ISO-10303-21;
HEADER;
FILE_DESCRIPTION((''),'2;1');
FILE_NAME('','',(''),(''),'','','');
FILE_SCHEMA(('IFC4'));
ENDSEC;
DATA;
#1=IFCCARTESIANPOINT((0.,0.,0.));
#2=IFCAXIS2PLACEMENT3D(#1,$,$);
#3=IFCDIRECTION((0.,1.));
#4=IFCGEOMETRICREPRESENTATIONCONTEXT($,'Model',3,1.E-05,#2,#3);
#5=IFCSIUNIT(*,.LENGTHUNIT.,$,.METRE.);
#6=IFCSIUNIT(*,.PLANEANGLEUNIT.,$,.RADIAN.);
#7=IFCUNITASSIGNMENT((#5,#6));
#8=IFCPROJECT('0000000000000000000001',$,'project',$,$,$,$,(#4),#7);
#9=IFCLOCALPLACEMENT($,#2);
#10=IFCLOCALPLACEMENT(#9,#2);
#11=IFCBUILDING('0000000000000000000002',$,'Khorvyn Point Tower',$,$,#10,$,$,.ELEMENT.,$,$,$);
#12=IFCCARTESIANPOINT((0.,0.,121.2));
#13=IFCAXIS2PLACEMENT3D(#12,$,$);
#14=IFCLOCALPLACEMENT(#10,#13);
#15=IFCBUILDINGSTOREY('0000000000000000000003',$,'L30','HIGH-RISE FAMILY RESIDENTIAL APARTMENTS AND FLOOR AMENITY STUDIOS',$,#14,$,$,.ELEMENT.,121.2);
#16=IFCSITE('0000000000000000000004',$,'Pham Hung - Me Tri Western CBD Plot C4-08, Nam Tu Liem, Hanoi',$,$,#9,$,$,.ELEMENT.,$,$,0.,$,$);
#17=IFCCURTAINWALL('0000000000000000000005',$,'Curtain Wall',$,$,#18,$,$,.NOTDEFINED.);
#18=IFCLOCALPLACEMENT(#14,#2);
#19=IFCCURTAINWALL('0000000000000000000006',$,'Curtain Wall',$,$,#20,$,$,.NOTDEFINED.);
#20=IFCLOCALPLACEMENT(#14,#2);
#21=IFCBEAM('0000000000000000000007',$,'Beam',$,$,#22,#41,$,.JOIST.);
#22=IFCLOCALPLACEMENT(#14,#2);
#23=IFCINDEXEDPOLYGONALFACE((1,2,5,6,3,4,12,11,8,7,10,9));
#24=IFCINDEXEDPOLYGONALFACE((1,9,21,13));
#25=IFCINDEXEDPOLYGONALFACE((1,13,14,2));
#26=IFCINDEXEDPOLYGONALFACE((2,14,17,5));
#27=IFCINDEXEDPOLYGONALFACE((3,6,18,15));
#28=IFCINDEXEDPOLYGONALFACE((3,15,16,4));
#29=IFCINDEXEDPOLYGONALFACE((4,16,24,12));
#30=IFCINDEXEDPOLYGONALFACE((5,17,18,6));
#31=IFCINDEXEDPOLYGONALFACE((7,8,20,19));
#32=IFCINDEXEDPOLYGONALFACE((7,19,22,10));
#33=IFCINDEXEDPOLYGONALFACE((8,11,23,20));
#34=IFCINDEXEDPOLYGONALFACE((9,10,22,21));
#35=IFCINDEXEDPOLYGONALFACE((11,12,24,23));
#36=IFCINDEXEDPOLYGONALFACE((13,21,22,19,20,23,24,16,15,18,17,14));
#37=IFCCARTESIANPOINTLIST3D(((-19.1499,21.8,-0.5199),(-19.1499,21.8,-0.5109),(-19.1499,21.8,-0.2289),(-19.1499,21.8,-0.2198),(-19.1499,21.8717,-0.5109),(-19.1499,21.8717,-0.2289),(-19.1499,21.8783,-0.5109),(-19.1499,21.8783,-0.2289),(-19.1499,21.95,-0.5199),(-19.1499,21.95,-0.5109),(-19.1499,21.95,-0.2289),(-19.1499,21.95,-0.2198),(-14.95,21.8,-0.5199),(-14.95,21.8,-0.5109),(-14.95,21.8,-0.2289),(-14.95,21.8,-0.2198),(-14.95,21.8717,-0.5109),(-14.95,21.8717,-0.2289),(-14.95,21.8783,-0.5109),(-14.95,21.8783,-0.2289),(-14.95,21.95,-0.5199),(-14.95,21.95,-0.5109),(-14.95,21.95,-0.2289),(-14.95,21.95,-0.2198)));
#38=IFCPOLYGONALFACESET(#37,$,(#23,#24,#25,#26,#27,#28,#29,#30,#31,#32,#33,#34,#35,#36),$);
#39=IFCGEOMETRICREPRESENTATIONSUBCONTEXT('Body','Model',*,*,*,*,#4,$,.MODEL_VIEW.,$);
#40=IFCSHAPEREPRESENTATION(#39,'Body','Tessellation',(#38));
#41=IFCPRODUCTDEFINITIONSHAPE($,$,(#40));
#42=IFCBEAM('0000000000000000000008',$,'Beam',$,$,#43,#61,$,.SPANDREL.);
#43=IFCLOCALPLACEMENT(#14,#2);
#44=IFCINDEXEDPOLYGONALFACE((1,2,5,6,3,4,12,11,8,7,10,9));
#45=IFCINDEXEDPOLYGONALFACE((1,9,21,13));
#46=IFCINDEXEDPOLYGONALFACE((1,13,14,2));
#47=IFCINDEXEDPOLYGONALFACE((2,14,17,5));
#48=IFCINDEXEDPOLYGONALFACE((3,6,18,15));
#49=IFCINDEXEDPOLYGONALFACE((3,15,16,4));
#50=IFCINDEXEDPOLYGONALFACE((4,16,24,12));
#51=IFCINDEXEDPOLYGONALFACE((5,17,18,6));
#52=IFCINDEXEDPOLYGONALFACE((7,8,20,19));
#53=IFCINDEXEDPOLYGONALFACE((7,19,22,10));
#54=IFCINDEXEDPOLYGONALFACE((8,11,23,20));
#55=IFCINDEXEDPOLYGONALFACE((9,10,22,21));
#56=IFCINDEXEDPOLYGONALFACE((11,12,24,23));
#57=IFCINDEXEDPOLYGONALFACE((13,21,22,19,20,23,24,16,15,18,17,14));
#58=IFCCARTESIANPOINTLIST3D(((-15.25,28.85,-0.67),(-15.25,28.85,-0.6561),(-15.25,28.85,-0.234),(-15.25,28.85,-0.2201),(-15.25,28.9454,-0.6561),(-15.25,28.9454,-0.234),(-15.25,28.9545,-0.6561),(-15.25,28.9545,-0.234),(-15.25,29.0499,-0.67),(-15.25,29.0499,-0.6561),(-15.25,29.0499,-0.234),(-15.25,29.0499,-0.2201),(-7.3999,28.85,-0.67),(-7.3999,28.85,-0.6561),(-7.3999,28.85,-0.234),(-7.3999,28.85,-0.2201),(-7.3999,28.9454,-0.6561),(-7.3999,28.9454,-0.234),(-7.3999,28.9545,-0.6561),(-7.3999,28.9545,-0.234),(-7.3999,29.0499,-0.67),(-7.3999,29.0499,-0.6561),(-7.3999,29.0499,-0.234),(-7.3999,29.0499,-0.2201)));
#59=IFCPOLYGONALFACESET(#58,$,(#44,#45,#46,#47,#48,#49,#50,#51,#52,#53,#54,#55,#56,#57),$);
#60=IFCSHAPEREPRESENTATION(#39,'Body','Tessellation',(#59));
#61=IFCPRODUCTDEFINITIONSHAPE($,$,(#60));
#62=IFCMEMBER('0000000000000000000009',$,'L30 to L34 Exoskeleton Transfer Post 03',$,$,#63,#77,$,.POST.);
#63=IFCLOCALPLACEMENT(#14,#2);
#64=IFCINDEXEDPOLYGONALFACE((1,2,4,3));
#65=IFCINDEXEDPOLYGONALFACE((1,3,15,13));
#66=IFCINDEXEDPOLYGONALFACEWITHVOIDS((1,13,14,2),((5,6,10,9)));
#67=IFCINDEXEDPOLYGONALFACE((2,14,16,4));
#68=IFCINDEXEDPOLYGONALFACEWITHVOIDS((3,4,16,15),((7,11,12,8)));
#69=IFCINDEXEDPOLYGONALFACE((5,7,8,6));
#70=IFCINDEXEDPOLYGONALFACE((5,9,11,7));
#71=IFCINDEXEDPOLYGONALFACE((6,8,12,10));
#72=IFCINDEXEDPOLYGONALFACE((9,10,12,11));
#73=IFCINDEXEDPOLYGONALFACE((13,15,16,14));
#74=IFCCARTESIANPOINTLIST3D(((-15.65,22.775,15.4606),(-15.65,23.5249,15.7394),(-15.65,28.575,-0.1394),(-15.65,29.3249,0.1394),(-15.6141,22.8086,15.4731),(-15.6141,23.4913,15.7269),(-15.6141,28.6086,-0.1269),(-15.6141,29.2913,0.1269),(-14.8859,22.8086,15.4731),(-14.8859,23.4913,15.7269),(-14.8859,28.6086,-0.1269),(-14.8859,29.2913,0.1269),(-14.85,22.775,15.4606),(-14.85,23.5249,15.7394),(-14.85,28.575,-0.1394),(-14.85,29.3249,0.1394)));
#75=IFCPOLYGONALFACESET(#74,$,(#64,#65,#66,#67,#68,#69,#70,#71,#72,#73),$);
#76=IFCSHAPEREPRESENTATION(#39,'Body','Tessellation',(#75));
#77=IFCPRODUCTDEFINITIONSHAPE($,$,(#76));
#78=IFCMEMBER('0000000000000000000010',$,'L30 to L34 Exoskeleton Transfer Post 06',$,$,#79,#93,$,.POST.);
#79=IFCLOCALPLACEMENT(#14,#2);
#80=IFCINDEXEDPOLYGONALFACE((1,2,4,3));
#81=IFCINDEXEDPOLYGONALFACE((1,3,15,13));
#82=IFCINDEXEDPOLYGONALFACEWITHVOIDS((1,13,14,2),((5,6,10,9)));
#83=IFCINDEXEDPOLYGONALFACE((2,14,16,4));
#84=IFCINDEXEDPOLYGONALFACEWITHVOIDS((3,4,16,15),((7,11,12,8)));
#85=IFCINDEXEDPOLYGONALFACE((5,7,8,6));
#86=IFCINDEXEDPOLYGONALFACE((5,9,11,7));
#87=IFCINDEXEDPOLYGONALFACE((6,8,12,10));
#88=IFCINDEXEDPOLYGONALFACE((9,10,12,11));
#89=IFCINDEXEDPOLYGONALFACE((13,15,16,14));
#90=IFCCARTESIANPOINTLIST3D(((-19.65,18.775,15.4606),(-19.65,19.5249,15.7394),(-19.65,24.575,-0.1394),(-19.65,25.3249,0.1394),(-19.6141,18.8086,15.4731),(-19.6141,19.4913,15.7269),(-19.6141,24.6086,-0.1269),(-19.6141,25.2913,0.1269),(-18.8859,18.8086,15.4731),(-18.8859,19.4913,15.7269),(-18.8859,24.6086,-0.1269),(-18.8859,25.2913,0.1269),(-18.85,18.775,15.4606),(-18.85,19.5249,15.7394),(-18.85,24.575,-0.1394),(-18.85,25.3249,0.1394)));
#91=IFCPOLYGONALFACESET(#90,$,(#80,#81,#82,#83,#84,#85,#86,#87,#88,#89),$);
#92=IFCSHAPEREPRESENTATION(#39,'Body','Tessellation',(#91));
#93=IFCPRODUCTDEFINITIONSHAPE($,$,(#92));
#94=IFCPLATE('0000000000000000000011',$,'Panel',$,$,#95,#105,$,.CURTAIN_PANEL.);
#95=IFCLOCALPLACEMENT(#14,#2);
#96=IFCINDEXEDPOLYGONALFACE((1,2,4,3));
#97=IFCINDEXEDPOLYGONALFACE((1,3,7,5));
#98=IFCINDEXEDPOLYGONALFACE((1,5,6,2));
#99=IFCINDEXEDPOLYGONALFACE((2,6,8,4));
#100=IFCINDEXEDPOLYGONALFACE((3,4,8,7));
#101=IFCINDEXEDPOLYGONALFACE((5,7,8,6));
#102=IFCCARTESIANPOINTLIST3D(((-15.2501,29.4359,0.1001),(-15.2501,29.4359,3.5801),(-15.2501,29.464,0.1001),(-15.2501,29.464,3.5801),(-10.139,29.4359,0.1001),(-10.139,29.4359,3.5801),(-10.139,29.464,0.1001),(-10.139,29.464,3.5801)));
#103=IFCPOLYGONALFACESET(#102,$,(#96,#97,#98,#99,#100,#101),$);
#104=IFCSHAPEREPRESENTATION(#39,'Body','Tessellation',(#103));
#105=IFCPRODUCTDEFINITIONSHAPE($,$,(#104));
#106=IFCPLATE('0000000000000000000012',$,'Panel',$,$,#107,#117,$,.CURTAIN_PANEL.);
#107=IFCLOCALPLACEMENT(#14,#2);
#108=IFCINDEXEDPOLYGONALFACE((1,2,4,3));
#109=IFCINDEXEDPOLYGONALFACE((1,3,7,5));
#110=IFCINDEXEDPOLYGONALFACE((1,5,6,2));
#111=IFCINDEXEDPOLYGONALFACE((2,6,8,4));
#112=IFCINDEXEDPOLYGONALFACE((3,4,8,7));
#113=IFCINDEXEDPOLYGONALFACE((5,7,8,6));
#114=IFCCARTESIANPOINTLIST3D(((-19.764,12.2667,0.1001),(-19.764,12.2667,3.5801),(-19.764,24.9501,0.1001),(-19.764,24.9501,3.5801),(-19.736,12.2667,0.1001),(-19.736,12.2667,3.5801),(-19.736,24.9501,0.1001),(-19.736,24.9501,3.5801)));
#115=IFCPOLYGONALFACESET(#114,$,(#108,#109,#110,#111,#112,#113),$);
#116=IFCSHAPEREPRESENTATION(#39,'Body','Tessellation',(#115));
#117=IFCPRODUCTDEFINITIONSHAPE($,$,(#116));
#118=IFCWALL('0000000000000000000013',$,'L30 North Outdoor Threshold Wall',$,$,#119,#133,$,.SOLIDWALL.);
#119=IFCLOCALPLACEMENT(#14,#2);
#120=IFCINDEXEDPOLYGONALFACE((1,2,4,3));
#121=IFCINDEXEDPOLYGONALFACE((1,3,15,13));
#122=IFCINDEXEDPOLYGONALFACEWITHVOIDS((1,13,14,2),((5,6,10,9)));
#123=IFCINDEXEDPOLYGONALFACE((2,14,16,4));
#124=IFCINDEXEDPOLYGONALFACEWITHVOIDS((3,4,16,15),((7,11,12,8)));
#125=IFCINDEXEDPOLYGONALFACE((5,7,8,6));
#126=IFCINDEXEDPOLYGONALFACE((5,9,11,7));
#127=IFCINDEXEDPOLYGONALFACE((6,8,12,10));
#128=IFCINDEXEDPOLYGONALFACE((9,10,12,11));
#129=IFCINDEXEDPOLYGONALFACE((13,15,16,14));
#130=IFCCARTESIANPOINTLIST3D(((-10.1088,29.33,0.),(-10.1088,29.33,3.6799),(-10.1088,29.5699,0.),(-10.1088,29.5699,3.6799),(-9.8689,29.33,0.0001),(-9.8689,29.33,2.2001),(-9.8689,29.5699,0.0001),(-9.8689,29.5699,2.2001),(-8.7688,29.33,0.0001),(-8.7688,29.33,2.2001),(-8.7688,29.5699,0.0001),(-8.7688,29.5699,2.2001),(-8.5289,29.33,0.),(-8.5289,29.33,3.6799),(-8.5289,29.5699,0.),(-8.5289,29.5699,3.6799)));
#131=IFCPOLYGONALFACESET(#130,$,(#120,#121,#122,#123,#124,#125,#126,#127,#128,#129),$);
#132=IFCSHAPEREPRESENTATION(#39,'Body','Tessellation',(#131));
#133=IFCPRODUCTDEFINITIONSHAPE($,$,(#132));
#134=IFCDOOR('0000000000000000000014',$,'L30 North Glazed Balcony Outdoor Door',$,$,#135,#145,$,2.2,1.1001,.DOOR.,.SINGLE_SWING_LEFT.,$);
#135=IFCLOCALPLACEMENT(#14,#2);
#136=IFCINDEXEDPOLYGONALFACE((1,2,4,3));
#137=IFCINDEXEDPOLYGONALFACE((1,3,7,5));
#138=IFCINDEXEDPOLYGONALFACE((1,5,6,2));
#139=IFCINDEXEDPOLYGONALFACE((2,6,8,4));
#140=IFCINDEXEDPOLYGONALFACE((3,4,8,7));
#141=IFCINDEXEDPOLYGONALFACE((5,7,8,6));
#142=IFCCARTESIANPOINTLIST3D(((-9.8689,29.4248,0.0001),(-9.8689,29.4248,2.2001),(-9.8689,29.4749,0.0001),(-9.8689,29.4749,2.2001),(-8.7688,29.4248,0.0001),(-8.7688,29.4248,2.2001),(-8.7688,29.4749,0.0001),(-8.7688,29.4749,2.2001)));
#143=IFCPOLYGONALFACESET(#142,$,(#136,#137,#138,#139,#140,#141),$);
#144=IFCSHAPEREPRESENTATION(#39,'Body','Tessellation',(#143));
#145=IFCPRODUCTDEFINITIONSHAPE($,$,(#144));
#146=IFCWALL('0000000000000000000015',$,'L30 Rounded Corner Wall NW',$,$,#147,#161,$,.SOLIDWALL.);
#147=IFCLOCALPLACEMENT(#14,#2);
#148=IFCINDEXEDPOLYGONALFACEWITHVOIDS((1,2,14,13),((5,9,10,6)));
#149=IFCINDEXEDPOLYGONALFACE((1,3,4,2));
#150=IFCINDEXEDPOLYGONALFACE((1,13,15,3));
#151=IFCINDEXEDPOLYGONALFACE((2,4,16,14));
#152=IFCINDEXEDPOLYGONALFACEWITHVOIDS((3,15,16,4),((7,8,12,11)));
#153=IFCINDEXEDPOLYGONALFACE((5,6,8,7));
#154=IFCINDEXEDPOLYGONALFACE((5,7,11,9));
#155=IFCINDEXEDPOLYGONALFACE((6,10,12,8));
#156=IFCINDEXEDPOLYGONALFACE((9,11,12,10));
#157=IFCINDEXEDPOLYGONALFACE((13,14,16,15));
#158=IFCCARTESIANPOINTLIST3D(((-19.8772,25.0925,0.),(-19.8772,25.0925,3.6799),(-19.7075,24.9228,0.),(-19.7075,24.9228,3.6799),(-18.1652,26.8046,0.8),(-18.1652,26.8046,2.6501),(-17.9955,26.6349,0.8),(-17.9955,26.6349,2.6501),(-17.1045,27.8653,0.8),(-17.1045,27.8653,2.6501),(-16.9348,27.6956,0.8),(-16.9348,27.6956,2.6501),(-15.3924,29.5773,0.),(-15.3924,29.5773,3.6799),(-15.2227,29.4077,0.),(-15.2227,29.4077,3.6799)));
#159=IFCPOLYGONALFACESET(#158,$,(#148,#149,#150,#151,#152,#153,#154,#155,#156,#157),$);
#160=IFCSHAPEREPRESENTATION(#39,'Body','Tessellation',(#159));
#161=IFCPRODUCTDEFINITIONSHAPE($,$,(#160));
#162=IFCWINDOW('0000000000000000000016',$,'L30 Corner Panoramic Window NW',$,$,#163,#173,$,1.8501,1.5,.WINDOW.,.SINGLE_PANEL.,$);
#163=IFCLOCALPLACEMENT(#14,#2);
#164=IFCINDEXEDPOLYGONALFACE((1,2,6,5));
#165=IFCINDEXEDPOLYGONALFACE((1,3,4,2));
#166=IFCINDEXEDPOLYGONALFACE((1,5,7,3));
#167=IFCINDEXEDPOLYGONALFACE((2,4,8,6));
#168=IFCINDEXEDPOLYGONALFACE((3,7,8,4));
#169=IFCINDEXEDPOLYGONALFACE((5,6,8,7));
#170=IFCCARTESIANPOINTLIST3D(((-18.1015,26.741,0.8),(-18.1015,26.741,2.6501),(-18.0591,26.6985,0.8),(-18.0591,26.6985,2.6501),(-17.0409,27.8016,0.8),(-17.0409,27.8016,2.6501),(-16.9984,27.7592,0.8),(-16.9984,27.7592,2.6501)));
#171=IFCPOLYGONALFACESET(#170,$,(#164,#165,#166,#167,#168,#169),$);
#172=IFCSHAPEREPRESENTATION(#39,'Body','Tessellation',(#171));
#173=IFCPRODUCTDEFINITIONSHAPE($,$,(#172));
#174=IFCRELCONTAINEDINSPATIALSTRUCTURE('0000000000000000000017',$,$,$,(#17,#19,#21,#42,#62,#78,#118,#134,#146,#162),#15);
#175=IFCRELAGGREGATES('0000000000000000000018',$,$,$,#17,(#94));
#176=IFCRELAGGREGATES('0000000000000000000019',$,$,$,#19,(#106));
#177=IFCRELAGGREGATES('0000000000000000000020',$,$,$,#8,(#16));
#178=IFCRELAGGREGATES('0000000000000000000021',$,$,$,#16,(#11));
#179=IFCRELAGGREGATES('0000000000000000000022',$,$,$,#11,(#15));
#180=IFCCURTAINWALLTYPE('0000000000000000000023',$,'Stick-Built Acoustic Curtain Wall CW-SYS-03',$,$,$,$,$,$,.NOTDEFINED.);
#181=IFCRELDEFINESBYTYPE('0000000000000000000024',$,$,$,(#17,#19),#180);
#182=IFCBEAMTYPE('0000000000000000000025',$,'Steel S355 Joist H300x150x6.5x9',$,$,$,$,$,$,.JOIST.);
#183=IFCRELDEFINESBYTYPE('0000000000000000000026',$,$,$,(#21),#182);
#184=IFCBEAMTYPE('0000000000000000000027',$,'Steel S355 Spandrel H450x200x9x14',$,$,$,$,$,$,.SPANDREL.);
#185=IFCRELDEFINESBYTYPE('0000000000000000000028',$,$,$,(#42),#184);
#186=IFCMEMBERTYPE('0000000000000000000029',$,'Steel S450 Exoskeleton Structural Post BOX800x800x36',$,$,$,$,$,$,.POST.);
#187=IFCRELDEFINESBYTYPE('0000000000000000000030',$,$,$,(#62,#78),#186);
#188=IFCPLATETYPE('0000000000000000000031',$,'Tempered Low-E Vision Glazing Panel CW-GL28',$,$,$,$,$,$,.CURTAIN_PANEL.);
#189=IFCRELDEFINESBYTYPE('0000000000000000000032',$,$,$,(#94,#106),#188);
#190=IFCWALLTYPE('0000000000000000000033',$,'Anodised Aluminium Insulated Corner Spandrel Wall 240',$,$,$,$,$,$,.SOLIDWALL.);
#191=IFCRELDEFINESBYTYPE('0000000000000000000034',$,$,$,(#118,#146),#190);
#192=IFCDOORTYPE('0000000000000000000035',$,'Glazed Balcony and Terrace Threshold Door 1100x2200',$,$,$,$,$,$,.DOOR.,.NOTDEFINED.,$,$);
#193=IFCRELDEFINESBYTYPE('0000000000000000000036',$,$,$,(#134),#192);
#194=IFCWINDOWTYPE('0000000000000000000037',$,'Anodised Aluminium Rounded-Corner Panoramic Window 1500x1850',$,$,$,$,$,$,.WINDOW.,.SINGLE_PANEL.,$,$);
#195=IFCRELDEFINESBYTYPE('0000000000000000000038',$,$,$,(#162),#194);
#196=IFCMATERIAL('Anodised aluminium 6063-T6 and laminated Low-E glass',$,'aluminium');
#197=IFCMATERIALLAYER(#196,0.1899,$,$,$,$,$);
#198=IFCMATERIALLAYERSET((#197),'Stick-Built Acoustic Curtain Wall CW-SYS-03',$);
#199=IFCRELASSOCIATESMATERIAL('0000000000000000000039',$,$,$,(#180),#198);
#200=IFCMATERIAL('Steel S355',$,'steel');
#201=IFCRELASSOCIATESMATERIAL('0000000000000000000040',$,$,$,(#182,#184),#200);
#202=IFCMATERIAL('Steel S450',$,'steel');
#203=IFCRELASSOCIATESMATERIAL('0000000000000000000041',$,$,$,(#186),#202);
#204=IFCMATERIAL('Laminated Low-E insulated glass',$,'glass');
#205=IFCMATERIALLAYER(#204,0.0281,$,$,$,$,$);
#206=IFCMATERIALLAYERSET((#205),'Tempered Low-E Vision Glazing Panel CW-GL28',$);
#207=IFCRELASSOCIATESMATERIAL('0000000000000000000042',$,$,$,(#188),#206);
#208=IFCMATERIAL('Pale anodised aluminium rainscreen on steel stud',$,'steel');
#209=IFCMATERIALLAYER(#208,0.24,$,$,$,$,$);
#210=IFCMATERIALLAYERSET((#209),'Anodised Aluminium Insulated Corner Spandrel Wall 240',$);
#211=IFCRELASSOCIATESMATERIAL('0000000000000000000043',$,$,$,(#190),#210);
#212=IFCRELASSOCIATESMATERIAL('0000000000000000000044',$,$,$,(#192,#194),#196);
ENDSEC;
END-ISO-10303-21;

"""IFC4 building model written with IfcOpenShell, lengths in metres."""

from ifc_helpers import new_model, si_unit, direction, frame, frame_2d, origin, origin_2d, place, context, subcontext, project, spatial, rectangle, hollow_rectangle, i_section, extrude, material, layer, layer_set, material_profile, profile_set, type_object, element, fill, aggregate, save


model = new_model("IFC4")

# Units and contexts
model_context = context("Model", 3, precision=1e-05, world=origin(), true_north=direction((0.0, 1.0)))
body_context = subcontext(model_context, "Body", "Model", "MODEL_VIEW")
ifc_project = project(units=[si_unit("LENGTHUNIT", "METRE"), si_unit("PLANEANGLEUNIT", "RADIAN")], contexts=[model_context])

# Site, building, storey
site_placement = place(None, origin())
site = spatial("IfcSite", under=ifc_project, at=site_placement, Name="Pham Hung - Me Tri Western CBD Plot C4-08, Nam Tu Liem, Hanoi", CompositionType="ELEMENT", RefElevation=0.0)
building_placement = place(site_placement, origin())
building = spatial("IfcBuilding", under=site, at=building_placement, Name="Khorvyn Point Tower", CompositionType="ELEMENT")
storey_placement = place(building_placement, frame((0.0, 0.0, 121.2)))
storey = spatial("IfcBuildingStorey", under=building, at=storey_placement, Name="L30", Description="HIGH-RISE FAMILY RESIDENTIAL APARTMENTS AND FLOOR AMENITY STUDIOS", CompositionType="ELEMENT", Elevation=121.2)

# Shared definitions
ifc_material_1 = material(Name="Steel S450", Category="steel")

# Curtain walls
ifc_material_2 = material(Name="Anodised aluminium 6063-T6 and laminated Low-E glass", Category="aluminium")
ifc_layer_1 = layer(ifc_material_2, 0.1899)
ifc_layer_set_1 = layer_set([ifc_layer_1], Name="Stick-Built Acoustic Curtain Wall CW-SYS-03")
curtain_wall_type = type_object("IfcCurtainWallType", Name="Stick-Built Acoustic Curtain Wall CW-SYS-03", PredefinedType="NOTDEFINED", material=ifc_layer_set_1)
curtain_wall_1_placement = place(storey_placement, origin())
curtain_wall_1 = element("IfcCurtainWall", 1, at=curtain_wall_1_placement, inside=storey, type_object=curtain_wall_type, Name="Curtain Wall", PredefinedType="NOTDEFINED")
curtain_wall_2_placement = place(storey_placement, origin())
curtain_wall_2 = element("IfcCurtainWall", 2, at=curtain_wall_2_placement, inside=storey, type_object=curtain_wall_type, Name="Curtain Wall", PredefinedType="NOTDEFINED")

# Beams
ifc_material_3 = material(Name="Steel S355", Category="steel")
ifc_material_profile_1 = material_profile(ifc_material_3, i_section(OverallWidth=0.1499, OverallDepth=0.3, WebThickness=0.0066, FlangeThickness=0.009, at=origin_2d()))
ifc_profile_set_1 = profile_set([ifc_material_profile_1], Name="Steel S355 H300x150x6.5x9")
beam_type_1 = type_object("IfcBeamType", Name="Steel S355 Joist H300x150x6.5x9", PredefinedType="JOIST", material=ifc_profile_set_1)
beam_1_placement = place(storey_placement, frame((-19.1499, 21.875, -0.3699), z_axis=(1.0, 0.0, 0.0), x_axis=(0.0, 1.0, 0.0)))
element("IfcBeam", 3, at=beam_1_placement, inside=storey, type_object=beam_type_1, Name="Beam", PredefinedType="JOIST", context=body_context, shape_type="SweptSolid", body=[
    extrude(i_section(OverallWidth=0.1499, OverallDepth=0.3, WebThickness=0.0066, FlangeThickness=0.009, at=origin_2d()), origin(), (0.0, 0.0, 1.0), 4.2),
])
ifc_material_profile_2 = material_profile(ifc_material_3, i_section(OverallWidth=0.2, OverallDepth=0.45, WebThickness=0.009, FlangeThickness=0.0139, at=origin_2d()))
ifc_profile_set_2 = profile_set([ifc_material_profile_2], Name="Steel S355 H450x200x9x14")
beam_type_2 = type_object("IfcBeamType", Name="Steel S355 Spandrel H450x200x9x14", PredefinedType="SPANDREL", material=ifc_profile_set_2)
beam_2_placement = place(storey_placement, frame((-15.25, 28.95, -0.4451), z_axis=(1.0, 0.0, 0.0), x_axis=(0.0, 1.0, 0.0)))
element("IfcBeam", 4, at=beam_2_placement, inside=storey, type_object=beam_type_2, Name="Beam", PredefinedType="SPANDREL", context=body_context, shape_type="SweptSolid", body=[
    extrude(i_section(OverallWidth=0.2, OverallDepth=0.45, WebThickness=0.009, FlangeThickness=0.0139, at=origin_2d()), origin(), (0.0, 0.0, 1.0), 7.8501),
])

# Members
ifc_material_profile_3 = material_profile(ifc_material_1, hollow_rectangle(XDim=0.8, YDim=0.8, WallThickness=0.0359, at=origin_2d()))
ifc_profile_set_3 = profile_set([ifc_material_profile_3], Name="Steel S450 BOX800x800x36")
member_type_1 = type_object("IfcMemberType", Name="Steel S450 Exoskeleton Structural Post BOX800x800x36", PredefinedType="POST", material=ifc_profile_set_3)
for number, where, z_axis, x_axis, name in (
    (5, (-15.25, 28.95, 0.0), (0.0, -0.348489, 0.937313), (1.0, 0.0, 0.0), "L30 to L34 Exoskeleton Transfer Post 03"),
    (6, (-19.25, 24.95, 0.0), (0.0, -0.348489, 0.937313), (1.0, 0.0, 0.0), "L30 to L34 Exoskeleton Transfer Post 06"),
):
    element("IfcMember", number, at=place(storey_placement, frame(where, z_axis=z_axis, x_axis=x_axis)), inside=storey, type_object=member_type_1, Name=name, PredefinedType="POST", context=body_context, shape_type="SweptSolid", body=[
        extrude(hollow_rectangle(XDim=0.8, YDim=0.8, WallThickness=0.0359, at=origin_2d()), origin(), (0.0, 0.0, 1.0), 16.6433),
    ])

# Plates
ifc_material_4 = material(Name="Laminated Low-E insulated glass", Category="glass")
ifc_layer_2 = layer(ifc_material_4, 0.0281)
ifc_layer_set_2 = layer_set([ifc_layer_2], Name="Tempered Low-E Vision Glazing Panel CW-GL28")
plate_type = type_object("IfcPlateType", Name="Tempered Low-E Vision Glazing Panel CW-GL28", PredefinedType="CURTAIN_PANEL", material=ifc_layer_set_2)
plate_1_placement = place(storey_placement, frame((-12.6946, 29.45, 0.1001), z_axis=(0.0, 0.0, 1.0), x_axis=(1.0, 0.0, 0.0)))
plate_1 = element("IfcPlate", 7, at=plate_1_placement, type_object=plate_type, Name="Panel", PredefinedType="CURTAIN_PANEL", context=body_context, shape_type="SweptSolid", body=[
    extrude(rectangle(XDim=5.1111, YDim=0.0281, at=origin_2d()), origin(), (0.0, 0.0, 1.0), 3.48),
])
aggregate(curtain_wall_1, [plate_1])
plate_2_placement = place(storey_placement, frame((-19.75, 18.6084, 0.1001), z_axis=(0.0, 0.0, 1.0), x_axis=(0.0, 1.0, 0.0)))
plate_2 = element("IfcPlate", 8, at=plate_2_placement, type_object=plate_type, Name="Panel", PredefinedType="CURTAIN_PANEL", context=body_context, shape_type="SweptSolid", body=[
    extrude(rectangle(XDim=12.6833, YDim=0.0281, at=origin_2d()), origin(), (0.0, 0.0, 1.0), 3.48),
])
aggregate(curtain_wall_2, [plate_2])

# Wall, opening, door
ifc_material_5 = material(Name="Pale anodised aluminium rainscreen on steel stud", Category="steel")
ifc_layer_3 = layer(ifc_material_5, 0.24)
ifc_layer_set_3 = layer_set([ifc_layer_3], Name="Anodised Aluminium Insulated Corner Spandrel Wall 240")
wall_type_1 = type_object("IfcWallType", Name="Anodised Aluminium Insulated Corner Spandrel Wall 240", PredefinedType="SOLIDWALL", material=ifc_layer_set_3)
wall_1_placement = place(storey_placement, frame((-10.1089, 29.45, 0.0), z_axis=(0.0, 0.0, 1.0), x_axis=(1.0, 0.0, 0.0)))
wall_1 = element("IfcWall", 9, at=wall_1_placement, inside=storey, type_object=wall_type_1, Name="L30 North Outdoor Threshold Wall", PredefinedType="SOLIDWALL", context=body_context, shape_type="SweptSolid", body=[
    extrude(rectangle(XDim=1.5798, YDim=0.24, at=frame_2d((0.79, 0.0))), origin(), (0.0, 0.0, 1.0), 3.6799),
])
opening_1_placement = place(wall_1_placement, frame((0.24, 0.0, 0.0)))
opening_1 = element("IfcOpeningElement", 10, at=opening_1_placement, cuts=wall_1, PredefinedType="OPENING", context=body_context, shape_type="SweptSolid", body=[
    extrude(rectangle(XDim=1.1001, YDim=2.2, at=frame_2d((0.55, 1.1001))), frame((0.0, 0.1299, 0.0), z_axis=(0.0, -1.0, 0.0), x_axis=(1.0, 0.0, 0.0)), (0.0, 0.0, 1.0), 0.26),
])
door_type_1 = type_object("IfcDoorType", Name="Glazed Balcony and Terrace Threshold Door 1100x2200", OperationType="NOTDEFINED", PredefinedType="DOOR", material=ifc_material_2)
door_1_placement = place(opening_1_placement, origin())
door_1 = element("IfcDoor", 11, at=door_1_placement, inside=storey, type_object=door_type_1, Name="L30 North Glazed Balcony Outdoor Door", OperationType="SINGLE_SWING_LEFT", OverallHeight=2.2, OverallWidth=1.1001, PredefinedType="DOOR", context=body_context, shape_type="SweptSolid", body=[
    extrude(rectangle(XDim=1.1001, YDim=2.2, at=frame_2d((0.55, 1.1001))), frame((0.0, 0.0249, 0.0), z_axis=(0.0, -1.0, 0.0), x_axis=(1.0, 0.0, 0.0)), (0.0, 0.0, 1.0), 0.05),
])
fill(opening_1, door_1)

# Wall, opening, window
wall_2_placement = place(storey_placement, frame((-19.7925, 25.0076, 0.0), z_axis=(0.0, 0.0, 1.0), x_axis=(0.707107, 0.707107, 0.0)))
wall_2 = element("IfcWall", 12, at=wall_2_placement, inside=storey, type_object=wall_type_1, Name="L30 Rounded Corner Wall NW", PredefinedType="SOLIDWALL", context=body_context, shape_type="SweptSolid", body=[
    extrude(rectangle(XDim=6.3425, YDim=0.24, at=frame_2d((3.1714, 0.0))), origin(), (0.0, 0.0, 1.0), 3.6799),
])
opening_2_placement = place(wall_2_placement, frame((2.4214, 0.0, 0.8)))
opening_2 = element("IfcOpeningElement", 13, at=opening_2_placement, cuts=wall_2, PredefinedType="OPENING", context=body_context, shape_type="SweptSolid", body=[
    extrude(rectangle(XDim=1.5, YDim=1.8501, at=frame_2d((0.75, 0.925))), frame((0.0, 0.1299, 0.0), z_axis=(0.0, -1.0, 0.0), x_axis=(1.0, 0.0, 0.0)), (0.0, 0.0, 1.0), 0.26),
])
window_type = type_object("IfcWindowType", Name="Anodised Aluminium Rounded-Corner Panoramic Window 1500x1850", PartitioningType="SINGLE_PANEL", PredefinedType="WINDOW", material=ifc_material_2)
window_placement = place(opening_2_placement, origin())
window = element("IfcWindow", 14, at=window_placement, inside=storey, type_object=window_type, Name="L30 Corner Panoramic Window NW", OverallHeight=1.8501, OverallWidth=1.5, PartitioningType="SINGLE_PANEL", PredefinedType="WINDOW", context=body_context, shape_type="SweptSolid", body=[
    extrude(rectangle(XDim=1.5, YDim=1.8501, at=frame_2d((0.75, 0.925))), frame((0.0, 0.03, 0.0), z_axis=(0.0, -1.0, 0.0), x_axis=(1.0, 0.0, 0.0)), (0.0, 0.0, 1.0), 0.0601),
])
fill(opening_2, window)

save(model, "model.ifc")
